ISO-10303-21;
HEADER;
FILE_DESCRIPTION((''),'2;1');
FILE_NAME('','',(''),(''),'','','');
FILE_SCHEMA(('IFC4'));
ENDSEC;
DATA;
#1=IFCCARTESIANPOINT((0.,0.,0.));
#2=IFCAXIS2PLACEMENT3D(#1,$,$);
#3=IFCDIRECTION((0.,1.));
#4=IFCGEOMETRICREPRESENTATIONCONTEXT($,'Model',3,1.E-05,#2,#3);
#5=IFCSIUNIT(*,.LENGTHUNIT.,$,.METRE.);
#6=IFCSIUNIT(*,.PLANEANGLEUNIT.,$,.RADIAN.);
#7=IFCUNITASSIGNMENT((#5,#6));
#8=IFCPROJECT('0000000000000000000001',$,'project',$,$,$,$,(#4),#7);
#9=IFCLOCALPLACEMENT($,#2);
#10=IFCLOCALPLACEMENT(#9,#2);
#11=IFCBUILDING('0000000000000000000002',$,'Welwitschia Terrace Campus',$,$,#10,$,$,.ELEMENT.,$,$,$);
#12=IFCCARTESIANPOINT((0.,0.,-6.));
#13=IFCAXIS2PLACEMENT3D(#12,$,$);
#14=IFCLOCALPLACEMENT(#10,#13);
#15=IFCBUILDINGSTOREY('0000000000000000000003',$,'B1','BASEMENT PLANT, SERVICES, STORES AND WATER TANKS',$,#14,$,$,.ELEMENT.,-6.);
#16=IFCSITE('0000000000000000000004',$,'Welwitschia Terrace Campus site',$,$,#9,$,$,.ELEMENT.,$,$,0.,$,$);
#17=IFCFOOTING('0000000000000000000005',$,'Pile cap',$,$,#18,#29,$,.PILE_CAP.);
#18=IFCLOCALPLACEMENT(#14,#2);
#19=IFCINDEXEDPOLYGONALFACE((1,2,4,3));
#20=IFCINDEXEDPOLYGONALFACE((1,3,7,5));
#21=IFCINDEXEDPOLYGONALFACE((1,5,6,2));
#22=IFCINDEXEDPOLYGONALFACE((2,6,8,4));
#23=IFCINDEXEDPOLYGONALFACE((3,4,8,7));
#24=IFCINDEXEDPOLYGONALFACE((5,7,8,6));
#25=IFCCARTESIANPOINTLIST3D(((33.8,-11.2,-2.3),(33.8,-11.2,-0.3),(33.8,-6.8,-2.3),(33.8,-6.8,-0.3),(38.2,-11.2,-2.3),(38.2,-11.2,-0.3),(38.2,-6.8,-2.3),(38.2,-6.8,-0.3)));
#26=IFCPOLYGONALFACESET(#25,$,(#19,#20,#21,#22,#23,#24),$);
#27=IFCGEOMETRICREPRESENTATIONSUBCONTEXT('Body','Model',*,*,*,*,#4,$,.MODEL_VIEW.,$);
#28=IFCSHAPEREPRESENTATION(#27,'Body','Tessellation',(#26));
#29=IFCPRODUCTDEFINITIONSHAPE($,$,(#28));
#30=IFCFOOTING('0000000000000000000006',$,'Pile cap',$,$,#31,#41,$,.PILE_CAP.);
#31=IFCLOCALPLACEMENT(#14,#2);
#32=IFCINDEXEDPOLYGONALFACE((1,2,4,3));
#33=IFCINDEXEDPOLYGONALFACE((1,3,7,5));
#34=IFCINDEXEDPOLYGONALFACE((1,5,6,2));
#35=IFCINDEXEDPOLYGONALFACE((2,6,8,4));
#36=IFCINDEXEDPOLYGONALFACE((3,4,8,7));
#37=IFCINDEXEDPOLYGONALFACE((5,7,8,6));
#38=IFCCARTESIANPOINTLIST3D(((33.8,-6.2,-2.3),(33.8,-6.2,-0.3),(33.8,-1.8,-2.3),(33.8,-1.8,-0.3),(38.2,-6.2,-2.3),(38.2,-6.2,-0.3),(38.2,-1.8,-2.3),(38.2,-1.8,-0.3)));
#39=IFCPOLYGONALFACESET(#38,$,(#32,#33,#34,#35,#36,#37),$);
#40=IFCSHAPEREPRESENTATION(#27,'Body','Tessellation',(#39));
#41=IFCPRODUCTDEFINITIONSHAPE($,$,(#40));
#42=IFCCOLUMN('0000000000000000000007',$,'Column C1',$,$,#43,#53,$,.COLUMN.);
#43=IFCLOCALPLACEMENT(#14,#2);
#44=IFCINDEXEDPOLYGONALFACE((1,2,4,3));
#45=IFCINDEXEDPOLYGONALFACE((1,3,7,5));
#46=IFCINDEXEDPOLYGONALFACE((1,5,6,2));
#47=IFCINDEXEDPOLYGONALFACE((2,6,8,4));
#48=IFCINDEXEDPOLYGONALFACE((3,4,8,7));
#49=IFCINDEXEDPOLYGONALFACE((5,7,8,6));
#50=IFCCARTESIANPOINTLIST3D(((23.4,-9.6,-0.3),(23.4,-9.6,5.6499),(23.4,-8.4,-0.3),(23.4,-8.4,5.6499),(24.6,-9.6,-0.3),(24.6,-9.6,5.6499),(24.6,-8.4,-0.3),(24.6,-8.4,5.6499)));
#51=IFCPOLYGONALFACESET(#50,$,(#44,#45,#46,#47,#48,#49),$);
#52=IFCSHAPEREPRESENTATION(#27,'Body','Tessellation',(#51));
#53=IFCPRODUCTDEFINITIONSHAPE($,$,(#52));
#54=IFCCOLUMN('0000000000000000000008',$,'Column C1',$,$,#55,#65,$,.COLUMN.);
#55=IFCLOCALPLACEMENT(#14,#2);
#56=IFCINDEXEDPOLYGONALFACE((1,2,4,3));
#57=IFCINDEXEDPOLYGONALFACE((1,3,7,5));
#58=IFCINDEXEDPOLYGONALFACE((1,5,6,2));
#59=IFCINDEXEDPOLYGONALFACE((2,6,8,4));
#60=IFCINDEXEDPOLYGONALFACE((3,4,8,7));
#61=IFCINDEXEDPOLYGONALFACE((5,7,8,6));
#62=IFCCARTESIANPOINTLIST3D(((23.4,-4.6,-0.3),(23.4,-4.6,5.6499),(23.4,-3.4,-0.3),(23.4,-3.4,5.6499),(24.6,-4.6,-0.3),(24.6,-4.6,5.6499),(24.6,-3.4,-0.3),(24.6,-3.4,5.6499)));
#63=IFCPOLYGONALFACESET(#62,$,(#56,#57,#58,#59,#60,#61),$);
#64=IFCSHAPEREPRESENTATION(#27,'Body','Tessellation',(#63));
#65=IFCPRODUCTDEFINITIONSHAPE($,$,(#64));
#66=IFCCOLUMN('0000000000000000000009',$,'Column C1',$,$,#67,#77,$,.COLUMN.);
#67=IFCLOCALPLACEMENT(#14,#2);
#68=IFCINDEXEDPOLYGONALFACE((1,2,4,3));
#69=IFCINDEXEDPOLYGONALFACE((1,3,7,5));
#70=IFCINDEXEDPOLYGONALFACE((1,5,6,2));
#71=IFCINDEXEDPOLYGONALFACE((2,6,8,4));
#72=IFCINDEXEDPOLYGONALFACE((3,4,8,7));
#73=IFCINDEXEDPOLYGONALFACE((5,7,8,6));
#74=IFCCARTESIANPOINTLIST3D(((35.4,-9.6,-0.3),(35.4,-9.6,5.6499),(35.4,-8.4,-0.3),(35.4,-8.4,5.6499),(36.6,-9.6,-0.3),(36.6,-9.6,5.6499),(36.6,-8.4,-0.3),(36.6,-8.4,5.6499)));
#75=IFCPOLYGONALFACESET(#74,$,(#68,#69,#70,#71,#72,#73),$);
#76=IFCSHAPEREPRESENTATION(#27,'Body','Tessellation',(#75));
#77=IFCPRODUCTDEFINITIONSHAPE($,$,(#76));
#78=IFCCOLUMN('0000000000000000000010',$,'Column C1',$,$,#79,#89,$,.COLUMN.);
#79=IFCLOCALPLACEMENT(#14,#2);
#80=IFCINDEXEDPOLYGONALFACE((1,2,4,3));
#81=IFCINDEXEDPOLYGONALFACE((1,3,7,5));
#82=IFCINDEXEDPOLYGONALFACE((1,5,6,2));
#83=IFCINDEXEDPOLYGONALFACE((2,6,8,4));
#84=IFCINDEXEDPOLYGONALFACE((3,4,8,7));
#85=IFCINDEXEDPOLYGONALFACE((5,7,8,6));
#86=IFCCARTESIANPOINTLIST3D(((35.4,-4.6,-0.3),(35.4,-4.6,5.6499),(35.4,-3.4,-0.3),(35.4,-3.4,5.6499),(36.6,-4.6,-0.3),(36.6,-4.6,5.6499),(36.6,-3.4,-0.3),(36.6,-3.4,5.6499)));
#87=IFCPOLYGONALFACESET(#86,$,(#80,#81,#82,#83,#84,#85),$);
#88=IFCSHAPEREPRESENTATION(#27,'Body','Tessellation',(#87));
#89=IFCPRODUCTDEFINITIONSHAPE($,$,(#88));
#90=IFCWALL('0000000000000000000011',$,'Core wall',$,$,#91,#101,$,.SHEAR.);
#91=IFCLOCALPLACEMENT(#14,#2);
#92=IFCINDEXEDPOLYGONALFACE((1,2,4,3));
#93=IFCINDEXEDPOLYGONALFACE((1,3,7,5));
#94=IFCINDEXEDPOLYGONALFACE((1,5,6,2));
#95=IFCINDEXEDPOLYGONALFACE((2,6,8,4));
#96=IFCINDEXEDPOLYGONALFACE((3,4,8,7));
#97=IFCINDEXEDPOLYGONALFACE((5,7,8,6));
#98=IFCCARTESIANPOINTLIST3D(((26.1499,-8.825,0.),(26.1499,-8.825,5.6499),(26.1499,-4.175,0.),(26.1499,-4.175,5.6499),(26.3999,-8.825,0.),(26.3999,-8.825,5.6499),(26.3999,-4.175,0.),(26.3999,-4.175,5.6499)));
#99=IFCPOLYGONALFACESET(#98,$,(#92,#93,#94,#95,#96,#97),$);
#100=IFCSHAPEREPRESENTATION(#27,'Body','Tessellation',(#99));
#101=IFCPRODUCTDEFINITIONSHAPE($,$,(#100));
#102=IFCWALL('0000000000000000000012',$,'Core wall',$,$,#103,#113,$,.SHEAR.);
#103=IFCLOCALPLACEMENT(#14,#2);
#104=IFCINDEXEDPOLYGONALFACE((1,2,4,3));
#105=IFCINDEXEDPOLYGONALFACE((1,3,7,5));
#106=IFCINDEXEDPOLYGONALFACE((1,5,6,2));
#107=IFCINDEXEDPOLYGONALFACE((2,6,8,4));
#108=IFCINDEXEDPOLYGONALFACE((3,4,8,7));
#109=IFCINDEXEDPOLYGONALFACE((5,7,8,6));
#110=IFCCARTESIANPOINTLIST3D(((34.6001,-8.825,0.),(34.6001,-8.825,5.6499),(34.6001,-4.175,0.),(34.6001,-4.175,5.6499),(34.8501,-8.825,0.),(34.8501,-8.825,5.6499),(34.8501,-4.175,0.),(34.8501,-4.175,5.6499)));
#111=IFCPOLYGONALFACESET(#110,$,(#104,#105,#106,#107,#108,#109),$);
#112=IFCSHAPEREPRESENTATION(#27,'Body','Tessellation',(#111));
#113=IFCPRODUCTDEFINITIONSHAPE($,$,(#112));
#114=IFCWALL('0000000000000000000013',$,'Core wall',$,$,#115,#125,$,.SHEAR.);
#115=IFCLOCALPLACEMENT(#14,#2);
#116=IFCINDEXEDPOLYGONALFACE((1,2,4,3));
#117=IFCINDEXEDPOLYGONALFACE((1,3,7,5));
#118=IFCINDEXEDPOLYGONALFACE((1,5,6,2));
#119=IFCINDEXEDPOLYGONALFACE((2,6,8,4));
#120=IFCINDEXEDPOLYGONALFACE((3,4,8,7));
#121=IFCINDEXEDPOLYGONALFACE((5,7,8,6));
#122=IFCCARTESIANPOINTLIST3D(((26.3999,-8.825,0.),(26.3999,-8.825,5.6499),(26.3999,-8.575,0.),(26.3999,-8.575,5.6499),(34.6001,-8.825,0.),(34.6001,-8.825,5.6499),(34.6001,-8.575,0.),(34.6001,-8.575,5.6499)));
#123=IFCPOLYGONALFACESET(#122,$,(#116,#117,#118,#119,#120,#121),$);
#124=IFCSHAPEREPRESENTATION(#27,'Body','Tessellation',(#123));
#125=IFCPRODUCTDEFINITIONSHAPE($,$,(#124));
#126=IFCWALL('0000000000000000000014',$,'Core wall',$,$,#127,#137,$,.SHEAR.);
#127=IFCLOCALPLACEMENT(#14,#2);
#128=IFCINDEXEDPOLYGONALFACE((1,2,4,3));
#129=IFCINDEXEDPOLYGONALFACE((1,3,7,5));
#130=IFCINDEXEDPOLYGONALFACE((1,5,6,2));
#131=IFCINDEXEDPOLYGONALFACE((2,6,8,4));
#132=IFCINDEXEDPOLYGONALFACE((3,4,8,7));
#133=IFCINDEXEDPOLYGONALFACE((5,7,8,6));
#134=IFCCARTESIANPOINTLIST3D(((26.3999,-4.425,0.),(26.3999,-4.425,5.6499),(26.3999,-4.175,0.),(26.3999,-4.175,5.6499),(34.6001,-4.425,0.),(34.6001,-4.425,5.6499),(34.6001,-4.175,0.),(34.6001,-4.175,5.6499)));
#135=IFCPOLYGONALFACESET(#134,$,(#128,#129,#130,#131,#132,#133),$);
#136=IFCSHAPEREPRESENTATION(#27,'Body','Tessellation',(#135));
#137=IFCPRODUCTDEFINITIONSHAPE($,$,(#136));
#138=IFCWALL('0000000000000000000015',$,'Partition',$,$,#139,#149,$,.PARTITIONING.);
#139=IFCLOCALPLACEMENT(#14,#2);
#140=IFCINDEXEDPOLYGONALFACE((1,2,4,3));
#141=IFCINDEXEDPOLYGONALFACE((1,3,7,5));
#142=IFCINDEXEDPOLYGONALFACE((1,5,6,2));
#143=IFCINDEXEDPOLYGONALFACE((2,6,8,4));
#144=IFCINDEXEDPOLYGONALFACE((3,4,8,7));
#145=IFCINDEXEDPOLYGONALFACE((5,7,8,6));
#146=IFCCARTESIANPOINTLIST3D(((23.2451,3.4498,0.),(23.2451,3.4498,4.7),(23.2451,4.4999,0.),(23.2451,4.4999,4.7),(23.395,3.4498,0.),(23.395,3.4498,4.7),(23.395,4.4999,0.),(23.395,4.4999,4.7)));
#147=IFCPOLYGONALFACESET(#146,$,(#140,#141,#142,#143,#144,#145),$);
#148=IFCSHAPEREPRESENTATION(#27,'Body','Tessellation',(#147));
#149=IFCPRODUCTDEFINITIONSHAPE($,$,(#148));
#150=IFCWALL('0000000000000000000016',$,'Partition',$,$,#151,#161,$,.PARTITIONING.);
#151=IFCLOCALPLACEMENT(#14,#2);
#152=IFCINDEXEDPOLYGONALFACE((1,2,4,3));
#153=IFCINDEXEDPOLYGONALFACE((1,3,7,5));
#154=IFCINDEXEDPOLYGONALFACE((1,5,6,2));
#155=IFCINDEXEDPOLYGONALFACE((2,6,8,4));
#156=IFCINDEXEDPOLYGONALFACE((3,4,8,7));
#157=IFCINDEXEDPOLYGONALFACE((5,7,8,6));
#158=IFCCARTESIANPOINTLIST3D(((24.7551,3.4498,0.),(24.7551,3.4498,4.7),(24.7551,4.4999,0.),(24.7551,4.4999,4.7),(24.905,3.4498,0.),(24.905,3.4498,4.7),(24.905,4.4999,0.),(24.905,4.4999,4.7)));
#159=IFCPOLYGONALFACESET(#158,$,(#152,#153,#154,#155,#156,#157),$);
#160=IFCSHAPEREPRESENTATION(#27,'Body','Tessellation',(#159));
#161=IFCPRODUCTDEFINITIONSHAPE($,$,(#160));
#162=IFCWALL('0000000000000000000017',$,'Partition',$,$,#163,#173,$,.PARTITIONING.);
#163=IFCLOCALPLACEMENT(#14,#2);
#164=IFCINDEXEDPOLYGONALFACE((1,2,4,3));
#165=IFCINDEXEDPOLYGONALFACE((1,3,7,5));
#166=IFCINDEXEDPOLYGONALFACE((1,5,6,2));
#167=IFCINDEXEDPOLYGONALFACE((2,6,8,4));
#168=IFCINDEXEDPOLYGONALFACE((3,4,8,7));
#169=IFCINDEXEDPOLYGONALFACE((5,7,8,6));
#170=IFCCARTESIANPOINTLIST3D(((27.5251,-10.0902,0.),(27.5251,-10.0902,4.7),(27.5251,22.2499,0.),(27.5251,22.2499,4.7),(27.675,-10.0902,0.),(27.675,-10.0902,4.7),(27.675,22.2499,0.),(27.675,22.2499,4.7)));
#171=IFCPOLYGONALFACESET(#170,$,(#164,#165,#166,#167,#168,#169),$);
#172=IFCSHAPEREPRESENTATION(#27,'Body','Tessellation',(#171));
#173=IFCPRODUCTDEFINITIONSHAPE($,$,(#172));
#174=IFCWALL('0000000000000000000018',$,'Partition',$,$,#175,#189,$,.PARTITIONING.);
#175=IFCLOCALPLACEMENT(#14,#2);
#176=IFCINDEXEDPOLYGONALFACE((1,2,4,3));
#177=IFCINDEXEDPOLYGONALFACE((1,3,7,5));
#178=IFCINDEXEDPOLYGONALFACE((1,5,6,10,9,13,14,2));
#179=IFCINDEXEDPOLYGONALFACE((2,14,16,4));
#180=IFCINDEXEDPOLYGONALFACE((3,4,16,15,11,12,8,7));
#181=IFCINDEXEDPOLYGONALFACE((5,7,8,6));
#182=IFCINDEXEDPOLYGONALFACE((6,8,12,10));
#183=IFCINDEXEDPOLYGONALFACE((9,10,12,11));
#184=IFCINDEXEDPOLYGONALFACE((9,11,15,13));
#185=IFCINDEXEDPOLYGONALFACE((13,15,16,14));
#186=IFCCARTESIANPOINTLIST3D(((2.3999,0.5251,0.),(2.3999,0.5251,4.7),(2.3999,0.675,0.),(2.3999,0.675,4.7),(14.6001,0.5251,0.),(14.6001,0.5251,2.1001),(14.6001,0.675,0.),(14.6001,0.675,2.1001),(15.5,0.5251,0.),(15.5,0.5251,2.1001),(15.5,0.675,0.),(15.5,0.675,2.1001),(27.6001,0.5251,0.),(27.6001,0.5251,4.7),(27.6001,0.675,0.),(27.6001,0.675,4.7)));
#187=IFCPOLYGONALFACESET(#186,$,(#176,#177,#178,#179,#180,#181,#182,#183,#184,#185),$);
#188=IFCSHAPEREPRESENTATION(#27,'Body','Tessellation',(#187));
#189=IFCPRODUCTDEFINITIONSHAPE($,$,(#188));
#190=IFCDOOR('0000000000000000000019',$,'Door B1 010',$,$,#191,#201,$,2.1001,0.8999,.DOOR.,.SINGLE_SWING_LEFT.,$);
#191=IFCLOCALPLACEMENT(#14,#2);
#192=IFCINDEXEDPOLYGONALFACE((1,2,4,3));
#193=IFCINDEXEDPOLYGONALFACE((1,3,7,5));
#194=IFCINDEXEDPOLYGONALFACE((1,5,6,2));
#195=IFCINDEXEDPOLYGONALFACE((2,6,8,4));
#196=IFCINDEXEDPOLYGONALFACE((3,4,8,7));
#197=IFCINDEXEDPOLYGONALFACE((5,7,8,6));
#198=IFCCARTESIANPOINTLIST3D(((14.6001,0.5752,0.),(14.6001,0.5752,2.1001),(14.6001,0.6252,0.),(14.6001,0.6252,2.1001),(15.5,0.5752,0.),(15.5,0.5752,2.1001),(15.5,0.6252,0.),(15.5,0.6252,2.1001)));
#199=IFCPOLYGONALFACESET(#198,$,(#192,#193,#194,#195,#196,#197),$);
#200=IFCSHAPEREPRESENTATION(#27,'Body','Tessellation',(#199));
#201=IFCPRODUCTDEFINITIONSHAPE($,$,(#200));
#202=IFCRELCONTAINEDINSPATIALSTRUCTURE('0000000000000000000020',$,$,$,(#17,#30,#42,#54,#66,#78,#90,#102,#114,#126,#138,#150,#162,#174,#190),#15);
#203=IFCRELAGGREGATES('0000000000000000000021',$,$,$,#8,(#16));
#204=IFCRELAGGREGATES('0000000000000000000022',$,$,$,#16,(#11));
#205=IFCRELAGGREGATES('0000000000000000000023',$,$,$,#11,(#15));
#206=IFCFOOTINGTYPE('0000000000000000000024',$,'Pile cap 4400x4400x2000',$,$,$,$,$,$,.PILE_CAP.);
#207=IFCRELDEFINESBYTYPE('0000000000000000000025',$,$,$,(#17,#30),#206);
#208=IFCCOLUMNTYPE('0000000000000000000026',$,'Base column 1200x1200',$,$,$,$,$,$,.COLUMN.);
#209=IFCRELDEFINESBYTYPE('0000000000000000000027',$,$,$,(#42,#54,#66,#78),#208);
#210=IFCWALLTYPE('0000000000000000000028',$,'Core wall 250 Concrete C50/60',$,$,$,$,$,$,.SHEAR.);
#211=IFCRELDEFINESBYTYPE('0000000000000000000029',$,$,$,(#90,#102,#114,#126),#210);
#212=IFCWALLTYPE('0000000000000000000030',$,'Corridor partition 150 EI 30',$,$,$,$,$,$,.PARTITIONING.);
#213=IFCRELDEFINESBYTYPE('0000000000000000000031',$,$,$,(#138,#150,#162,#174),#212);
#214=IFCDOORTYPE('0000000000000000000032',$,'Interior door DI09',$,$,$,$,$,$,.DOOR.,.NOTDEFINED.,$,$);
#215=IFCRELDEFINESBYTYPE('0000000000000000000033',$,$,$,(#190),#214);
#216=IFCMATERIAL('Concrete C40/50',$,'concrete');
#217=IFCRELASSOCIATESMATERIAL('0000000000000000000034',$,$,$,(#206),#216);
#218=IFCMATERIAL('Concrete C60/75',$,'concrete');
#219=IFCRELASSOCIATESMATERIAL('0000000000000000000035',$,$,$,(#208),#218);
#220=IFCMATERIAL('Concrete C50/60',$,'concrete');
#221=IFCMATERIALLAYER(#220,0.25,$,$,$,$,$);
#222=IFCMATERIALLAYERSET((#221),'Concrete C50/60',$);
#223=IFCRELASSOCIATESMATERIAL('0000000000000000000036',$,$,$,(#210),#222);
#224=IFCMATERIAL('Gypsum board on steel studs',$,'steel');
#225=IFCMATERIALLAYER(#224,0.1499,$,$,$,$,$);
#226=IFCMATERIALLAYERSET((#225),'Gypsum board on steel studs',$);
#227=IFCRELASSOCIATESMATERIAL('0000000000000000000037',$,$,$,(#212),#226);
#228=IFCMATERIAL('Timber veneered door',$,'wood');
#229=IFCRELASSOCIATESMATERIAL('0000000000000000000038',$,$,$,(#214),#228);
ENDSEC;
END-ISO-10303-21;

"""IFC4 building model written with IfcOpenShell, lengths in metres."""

from ifc_helpers import new_model, si_unit, direction, frame, frame_2d, origin, origin_2d, place, context, subcontext, project, spatial, rectangle, extrude, material, layer, layer_set, material_profile, profile_set, type_object, element, fill, save


model = new_model("IFC4")

# Units and contexts
model_context = context("Model", 3, precision=1e-05, world=origin(), true_north=direction((0.0, 1.0)))
body_context = subcontext(model_context, "Body", "Model", "MODEL_VIEW")
ifc_project = project(units=[si_unit("LENGTHUNIT", "METRE"), si_unit("PLANEANGLEUNIT", "RADIAN")], contexts=[model_context])

# Site, building, storey
site_placement = place(None, origin())
site = spatial("IfcSite", under=ifc_project, at=site_placement, Name="Welwitschia Terrace Campus site", CompositionType="ELEMENT", RefElevation=0.0)
building_placement = place(site_placement, origin())
building = spatial("IfcBuilding", under=site, at=building_placement, Name="Welwitschia Terrace Campus", CompositionType="ELEMENT")
storey_placement = place(building_placement, frame((0.0, 0.0, -6.0)))
storey = spatial("IfcBuildingStorey", under=building, at=storey_placement, Name="B1", Description="BASEMENT PLANT, SERVICES, STORES AND WATER TANKS", CompositionType="ELEMENT", Elevation=-6.0)

# Footings
ifc_material_1 = material(Name="Concrete C40/50", Category="concrete")
footing_type = type_object("IfcFootingType", Name="Pile cap 4400x4400x2000", PredefinedType="PILE_CAP", material=ifc_material_1)
for number, where, z_axis, x_axis, name in (
    (1, (36.0, -9.0, -2.3), (0.0, 0.0, 1.0), (1.0, 0.0, 0.0), "Pile cap"),
    (2, (36.0, -4.0, -2.3), (0.0, 0.0, 1.0), (1.0, 0.0, 0.0), "Pile cap"),
):
    element("IfcFooting", number, at=place(storey_placement, frame(where, z_axis=z_axis, x_axis=x_axis)), inside=storey, type_object=footing_type, Name=name, PredefinedType="PILE_CAP", context=body_context, shape_type="SweptSolid", body=[
        extrude(rectangle(XDim=4.3999, YDim=4.3999, at=origin_2d()), origin(), (0.0, 0.0, 1.0), 2.0),
    ])

# Columns
ifc_material_2 = material(Name="Concrete C60/75", Category="concrete")
ifc_material_profile = material_profile(ifc_material_2, rectangle(XDim=1.2, YDim=1.2, at=origin_2d()))
ifc_profile_set = profile_set([ifc_material_profile], Name="Concrete C60/75")
column_type = type_object("IfcColumnType", Name="Base column 1200x1200", PredefinedType="COLUMN", material=ifc_profile_set)
for number, where, z_axis, x_axis, name in (
    (3, (24.0, -9.0, -0.3), (0.0, 0.0, 1.0), (1.0, 0.0, 0.0), "Column C1"),
    (4, (24.0, -4.0, -0.3), (0.0, 0.0, 1.0), (1.0, 0.0, 0.0), "Column C1"),
    (5, (36.0, -9.0, -0.3), (0.0, 0.0, 1.0), (1.0, 0.0, 0.0), "Column C1"),
    (6, (36.0, -4.0, -0.3), (0.0, 0.0, 1.0), (1.0, 0.0, 0.0), "Column C1"),
):
    element("IfcColumn", number, at=place(storey_placement, frame(where, z_axis=z_axis, x_axis=x_axis)), inside=storey, type_object=column_type, Name=name, PredefinedType="COLUMN", context=body_context, shape_type="SweptSolid", body=[
        extrude(rectangle(XDim=1.2, YDim=1.2, at=origin_2d()), origin(), (0.0, 0.0, 1.0), 5.95),
    ])

# Walls
ifc_material_3 = material(Name="Concrete C50/60", Category="concrete")
ifc_layer_1 = layer(ifc_material_3, 0.25)
ifc_layer_set_1 = layer_set([ifc_layer_1], Name="Concrete C50/60")
wall_type_1 = type_object("IfcWallType", Name="Core wall 250 Concrete C50/60", PredefinedType="SHEAR", material=ifc_layer_set_1)
for number, where, z_axis, x_axis, name in (
    (7, (26.2749, -8.825, 0.0), (0.0, 0.0, 1.0), (0.0, 1.0, 0.0), "Core wall"),
    (8, (34.7251, -8.825, 0.0), (0.0, 0.0, 1.0), (0.0, 1.0, 0.0), "Core wall"),
):
    element("IfcWall", number, at=place(storey_placement, frame(where, z_axis=z_axis, x_axis=x_axis)), inside=storey, type_object=wall_type_1, Name=name, PredefinedType="SHEAR", context=body_context, shape_type="SweptSolid", body=[
        extrude(rectangle(XDim=4.6499, YDim=0.25, at=frame_2d((2.325, 0.0))), origin(), (0.0, 0.0, 1.0), 5.6499),
    ])
for number, where, z_axis, x_axis, name in (
    (9, (34.6001, -8.7, 0.0), (0.0, 0.0, 1.0), (-1.0, 0.0, 0.0), "Core wall"),
    (10, (26.3999, -4.3, 0.0), (0.0, 0.0, 1.0), (1.0, 0.0, 0.0), "Core wall"),
):
    element("IfcWall", number, at=place(storey_placement, frame(where, z_axis=z_axis, x_axis=x_axis)), inside=storey, type_object=wall_type_1, Name=name, PredefinedType="SHEAR", context=body_context, shape_type="SweptSolid", body=[
        extrude(rectangle(XDim=8.2002, YDim=0.25, at=frame_2d((4.1001, 0.0))), origin(), (0.0, 0.0, 1.0), 5.6499),
    ])
ifc_material_4 = material(Name="Gypsum board on steel studs", Category="steel")
ifc_layer_2 = layer(ifc_material_4, 0.1499)
ifc_layer_set_2 = layer_set([ifc_layer_2], Name="Gypsum board on steel studs")
wall_type_2 = type_object("IfcWallType", Name="Corridor partition 150 EI 30", PredefinedType="PARTITIONING", material=ifc_layer_set_2)
for number, where, z_axis, x_axis, name in (
    (11, (23.3201, 3.45, 0.0), (0.0, 0.0, 1.0), (0.0, 1.0, 0.0), "Partition"),
    (12, (24.8301, 3.45, 0.0), (0.0, 0.0, 1.0), (0.0, 1.0, 0.0), "Partition"),
):
    element("IfcWall", number, at=place(storey_placement, frame(where, z_axis=z_axis, x_axis=x_axis)), inside=storey, type_object=wall_type_2, Name=name, PredefinedType="PARTITIONING", context=body_context, shape_type="SweptSolid", body=[
        extrude(rectangle(XDim=1.05, YDim=0.1499, at=frame_2d((0.5249, 0.0))), origin(), (0.0, 0.0, 1.0), 4.7),
    ])
wall_1_placement = place(storey_placement, frame((27.6001, -10.0901, 0.0), z_axis=(0.0, 0.0, 1.0), x_axis=(0.0, 1.0, 0.0)))
element("IfcWall", 13, at=wall_1_placement, inside=storey, type_object=wall_type_2, Name="Partition", PredefinedType="PARTITIONING", context=body_context, shape_type="SweptSolid", body=[
    extrude(rectangle(XDim=32.3401, YDim=0.1499, at=frame_2d((16.1699, 0.0))), origin(), (0.0, 0.0, 1.0), 4.7),
])

# Wall, opening, door
wall_2_placement = place(storey_placement, frame((27.6001, 0.6001, 0.0), z_axis=(0.0, 0.0, 1.0), x_axis=(-1.0, 0.0, 0.0)))
wall_2 = element("IfcWall", 14, at=wall_2_placement, inside=storey, type_object=wall_type_2, Name="Partition", PredefinedType="PARTITIONING", context=body_context, shape_type="SweptSolid", body=[
    extrude(rectangle(XDim=25.2002, YDim=0.1499, at=frame_2d((12.6001, 0.0))), origin(), (0.0, 0.0, 1.0), 4.7),
])
opening_placement = place(wall_2_placement, frame((12.1001, 0.0, 0.0)))
opening = element("IfcOpeningElement", 15, at=opening_placement, cuts=wall_2, PredefinedType="OPENING", context=body_context, shape_type="SweptSolid", body=[
    extrude(rectangle(XDim=0.8999, YDim=2.1001, at=frame_2d((0.45, 1.05))), frame((0.0, 0.085, 0.0), z_axis=(0.0, -1.0, 0.0), x_axis=(1.0, 0.0, 0.0)), (0.0, 0.0, 1.0), 0.1699),
])
ifc_material_5 = material(Name="Timber veneered door", Category="wood")
door_type = type_object("IfcDoorType", Name="Interior door DI09", OperationType="NOTDEFINED", PredefinedType="DOOR", material=ifc_material_5)
door_placement = place(opening_placement, origin())
door = element("IfcDoor", 16, at=door_placement, inside=storey, type_object=door_type, Name="Door B1 010", OperationType="SINGLE_SWING_LEFT", OverallHeight=2.1001, OverallWidth=0.8999, PredefinedType="DOOR", context=body_context, shape_type="SweptSolid", body=[
    extrude(rectangle(XDim=0.8999, YDim=2.1001, at=frame_2d((0.45, 1.05))), frame((0.0, 0.0249, 0.0), z_axis=(0.0, -1.0, 0.0), x_axis=(1.0, 0.0, 0.0)), (0.0, 0.0, 1.0), 0.05),
])
fill(opening, door)

save(model, "model.ifc")
